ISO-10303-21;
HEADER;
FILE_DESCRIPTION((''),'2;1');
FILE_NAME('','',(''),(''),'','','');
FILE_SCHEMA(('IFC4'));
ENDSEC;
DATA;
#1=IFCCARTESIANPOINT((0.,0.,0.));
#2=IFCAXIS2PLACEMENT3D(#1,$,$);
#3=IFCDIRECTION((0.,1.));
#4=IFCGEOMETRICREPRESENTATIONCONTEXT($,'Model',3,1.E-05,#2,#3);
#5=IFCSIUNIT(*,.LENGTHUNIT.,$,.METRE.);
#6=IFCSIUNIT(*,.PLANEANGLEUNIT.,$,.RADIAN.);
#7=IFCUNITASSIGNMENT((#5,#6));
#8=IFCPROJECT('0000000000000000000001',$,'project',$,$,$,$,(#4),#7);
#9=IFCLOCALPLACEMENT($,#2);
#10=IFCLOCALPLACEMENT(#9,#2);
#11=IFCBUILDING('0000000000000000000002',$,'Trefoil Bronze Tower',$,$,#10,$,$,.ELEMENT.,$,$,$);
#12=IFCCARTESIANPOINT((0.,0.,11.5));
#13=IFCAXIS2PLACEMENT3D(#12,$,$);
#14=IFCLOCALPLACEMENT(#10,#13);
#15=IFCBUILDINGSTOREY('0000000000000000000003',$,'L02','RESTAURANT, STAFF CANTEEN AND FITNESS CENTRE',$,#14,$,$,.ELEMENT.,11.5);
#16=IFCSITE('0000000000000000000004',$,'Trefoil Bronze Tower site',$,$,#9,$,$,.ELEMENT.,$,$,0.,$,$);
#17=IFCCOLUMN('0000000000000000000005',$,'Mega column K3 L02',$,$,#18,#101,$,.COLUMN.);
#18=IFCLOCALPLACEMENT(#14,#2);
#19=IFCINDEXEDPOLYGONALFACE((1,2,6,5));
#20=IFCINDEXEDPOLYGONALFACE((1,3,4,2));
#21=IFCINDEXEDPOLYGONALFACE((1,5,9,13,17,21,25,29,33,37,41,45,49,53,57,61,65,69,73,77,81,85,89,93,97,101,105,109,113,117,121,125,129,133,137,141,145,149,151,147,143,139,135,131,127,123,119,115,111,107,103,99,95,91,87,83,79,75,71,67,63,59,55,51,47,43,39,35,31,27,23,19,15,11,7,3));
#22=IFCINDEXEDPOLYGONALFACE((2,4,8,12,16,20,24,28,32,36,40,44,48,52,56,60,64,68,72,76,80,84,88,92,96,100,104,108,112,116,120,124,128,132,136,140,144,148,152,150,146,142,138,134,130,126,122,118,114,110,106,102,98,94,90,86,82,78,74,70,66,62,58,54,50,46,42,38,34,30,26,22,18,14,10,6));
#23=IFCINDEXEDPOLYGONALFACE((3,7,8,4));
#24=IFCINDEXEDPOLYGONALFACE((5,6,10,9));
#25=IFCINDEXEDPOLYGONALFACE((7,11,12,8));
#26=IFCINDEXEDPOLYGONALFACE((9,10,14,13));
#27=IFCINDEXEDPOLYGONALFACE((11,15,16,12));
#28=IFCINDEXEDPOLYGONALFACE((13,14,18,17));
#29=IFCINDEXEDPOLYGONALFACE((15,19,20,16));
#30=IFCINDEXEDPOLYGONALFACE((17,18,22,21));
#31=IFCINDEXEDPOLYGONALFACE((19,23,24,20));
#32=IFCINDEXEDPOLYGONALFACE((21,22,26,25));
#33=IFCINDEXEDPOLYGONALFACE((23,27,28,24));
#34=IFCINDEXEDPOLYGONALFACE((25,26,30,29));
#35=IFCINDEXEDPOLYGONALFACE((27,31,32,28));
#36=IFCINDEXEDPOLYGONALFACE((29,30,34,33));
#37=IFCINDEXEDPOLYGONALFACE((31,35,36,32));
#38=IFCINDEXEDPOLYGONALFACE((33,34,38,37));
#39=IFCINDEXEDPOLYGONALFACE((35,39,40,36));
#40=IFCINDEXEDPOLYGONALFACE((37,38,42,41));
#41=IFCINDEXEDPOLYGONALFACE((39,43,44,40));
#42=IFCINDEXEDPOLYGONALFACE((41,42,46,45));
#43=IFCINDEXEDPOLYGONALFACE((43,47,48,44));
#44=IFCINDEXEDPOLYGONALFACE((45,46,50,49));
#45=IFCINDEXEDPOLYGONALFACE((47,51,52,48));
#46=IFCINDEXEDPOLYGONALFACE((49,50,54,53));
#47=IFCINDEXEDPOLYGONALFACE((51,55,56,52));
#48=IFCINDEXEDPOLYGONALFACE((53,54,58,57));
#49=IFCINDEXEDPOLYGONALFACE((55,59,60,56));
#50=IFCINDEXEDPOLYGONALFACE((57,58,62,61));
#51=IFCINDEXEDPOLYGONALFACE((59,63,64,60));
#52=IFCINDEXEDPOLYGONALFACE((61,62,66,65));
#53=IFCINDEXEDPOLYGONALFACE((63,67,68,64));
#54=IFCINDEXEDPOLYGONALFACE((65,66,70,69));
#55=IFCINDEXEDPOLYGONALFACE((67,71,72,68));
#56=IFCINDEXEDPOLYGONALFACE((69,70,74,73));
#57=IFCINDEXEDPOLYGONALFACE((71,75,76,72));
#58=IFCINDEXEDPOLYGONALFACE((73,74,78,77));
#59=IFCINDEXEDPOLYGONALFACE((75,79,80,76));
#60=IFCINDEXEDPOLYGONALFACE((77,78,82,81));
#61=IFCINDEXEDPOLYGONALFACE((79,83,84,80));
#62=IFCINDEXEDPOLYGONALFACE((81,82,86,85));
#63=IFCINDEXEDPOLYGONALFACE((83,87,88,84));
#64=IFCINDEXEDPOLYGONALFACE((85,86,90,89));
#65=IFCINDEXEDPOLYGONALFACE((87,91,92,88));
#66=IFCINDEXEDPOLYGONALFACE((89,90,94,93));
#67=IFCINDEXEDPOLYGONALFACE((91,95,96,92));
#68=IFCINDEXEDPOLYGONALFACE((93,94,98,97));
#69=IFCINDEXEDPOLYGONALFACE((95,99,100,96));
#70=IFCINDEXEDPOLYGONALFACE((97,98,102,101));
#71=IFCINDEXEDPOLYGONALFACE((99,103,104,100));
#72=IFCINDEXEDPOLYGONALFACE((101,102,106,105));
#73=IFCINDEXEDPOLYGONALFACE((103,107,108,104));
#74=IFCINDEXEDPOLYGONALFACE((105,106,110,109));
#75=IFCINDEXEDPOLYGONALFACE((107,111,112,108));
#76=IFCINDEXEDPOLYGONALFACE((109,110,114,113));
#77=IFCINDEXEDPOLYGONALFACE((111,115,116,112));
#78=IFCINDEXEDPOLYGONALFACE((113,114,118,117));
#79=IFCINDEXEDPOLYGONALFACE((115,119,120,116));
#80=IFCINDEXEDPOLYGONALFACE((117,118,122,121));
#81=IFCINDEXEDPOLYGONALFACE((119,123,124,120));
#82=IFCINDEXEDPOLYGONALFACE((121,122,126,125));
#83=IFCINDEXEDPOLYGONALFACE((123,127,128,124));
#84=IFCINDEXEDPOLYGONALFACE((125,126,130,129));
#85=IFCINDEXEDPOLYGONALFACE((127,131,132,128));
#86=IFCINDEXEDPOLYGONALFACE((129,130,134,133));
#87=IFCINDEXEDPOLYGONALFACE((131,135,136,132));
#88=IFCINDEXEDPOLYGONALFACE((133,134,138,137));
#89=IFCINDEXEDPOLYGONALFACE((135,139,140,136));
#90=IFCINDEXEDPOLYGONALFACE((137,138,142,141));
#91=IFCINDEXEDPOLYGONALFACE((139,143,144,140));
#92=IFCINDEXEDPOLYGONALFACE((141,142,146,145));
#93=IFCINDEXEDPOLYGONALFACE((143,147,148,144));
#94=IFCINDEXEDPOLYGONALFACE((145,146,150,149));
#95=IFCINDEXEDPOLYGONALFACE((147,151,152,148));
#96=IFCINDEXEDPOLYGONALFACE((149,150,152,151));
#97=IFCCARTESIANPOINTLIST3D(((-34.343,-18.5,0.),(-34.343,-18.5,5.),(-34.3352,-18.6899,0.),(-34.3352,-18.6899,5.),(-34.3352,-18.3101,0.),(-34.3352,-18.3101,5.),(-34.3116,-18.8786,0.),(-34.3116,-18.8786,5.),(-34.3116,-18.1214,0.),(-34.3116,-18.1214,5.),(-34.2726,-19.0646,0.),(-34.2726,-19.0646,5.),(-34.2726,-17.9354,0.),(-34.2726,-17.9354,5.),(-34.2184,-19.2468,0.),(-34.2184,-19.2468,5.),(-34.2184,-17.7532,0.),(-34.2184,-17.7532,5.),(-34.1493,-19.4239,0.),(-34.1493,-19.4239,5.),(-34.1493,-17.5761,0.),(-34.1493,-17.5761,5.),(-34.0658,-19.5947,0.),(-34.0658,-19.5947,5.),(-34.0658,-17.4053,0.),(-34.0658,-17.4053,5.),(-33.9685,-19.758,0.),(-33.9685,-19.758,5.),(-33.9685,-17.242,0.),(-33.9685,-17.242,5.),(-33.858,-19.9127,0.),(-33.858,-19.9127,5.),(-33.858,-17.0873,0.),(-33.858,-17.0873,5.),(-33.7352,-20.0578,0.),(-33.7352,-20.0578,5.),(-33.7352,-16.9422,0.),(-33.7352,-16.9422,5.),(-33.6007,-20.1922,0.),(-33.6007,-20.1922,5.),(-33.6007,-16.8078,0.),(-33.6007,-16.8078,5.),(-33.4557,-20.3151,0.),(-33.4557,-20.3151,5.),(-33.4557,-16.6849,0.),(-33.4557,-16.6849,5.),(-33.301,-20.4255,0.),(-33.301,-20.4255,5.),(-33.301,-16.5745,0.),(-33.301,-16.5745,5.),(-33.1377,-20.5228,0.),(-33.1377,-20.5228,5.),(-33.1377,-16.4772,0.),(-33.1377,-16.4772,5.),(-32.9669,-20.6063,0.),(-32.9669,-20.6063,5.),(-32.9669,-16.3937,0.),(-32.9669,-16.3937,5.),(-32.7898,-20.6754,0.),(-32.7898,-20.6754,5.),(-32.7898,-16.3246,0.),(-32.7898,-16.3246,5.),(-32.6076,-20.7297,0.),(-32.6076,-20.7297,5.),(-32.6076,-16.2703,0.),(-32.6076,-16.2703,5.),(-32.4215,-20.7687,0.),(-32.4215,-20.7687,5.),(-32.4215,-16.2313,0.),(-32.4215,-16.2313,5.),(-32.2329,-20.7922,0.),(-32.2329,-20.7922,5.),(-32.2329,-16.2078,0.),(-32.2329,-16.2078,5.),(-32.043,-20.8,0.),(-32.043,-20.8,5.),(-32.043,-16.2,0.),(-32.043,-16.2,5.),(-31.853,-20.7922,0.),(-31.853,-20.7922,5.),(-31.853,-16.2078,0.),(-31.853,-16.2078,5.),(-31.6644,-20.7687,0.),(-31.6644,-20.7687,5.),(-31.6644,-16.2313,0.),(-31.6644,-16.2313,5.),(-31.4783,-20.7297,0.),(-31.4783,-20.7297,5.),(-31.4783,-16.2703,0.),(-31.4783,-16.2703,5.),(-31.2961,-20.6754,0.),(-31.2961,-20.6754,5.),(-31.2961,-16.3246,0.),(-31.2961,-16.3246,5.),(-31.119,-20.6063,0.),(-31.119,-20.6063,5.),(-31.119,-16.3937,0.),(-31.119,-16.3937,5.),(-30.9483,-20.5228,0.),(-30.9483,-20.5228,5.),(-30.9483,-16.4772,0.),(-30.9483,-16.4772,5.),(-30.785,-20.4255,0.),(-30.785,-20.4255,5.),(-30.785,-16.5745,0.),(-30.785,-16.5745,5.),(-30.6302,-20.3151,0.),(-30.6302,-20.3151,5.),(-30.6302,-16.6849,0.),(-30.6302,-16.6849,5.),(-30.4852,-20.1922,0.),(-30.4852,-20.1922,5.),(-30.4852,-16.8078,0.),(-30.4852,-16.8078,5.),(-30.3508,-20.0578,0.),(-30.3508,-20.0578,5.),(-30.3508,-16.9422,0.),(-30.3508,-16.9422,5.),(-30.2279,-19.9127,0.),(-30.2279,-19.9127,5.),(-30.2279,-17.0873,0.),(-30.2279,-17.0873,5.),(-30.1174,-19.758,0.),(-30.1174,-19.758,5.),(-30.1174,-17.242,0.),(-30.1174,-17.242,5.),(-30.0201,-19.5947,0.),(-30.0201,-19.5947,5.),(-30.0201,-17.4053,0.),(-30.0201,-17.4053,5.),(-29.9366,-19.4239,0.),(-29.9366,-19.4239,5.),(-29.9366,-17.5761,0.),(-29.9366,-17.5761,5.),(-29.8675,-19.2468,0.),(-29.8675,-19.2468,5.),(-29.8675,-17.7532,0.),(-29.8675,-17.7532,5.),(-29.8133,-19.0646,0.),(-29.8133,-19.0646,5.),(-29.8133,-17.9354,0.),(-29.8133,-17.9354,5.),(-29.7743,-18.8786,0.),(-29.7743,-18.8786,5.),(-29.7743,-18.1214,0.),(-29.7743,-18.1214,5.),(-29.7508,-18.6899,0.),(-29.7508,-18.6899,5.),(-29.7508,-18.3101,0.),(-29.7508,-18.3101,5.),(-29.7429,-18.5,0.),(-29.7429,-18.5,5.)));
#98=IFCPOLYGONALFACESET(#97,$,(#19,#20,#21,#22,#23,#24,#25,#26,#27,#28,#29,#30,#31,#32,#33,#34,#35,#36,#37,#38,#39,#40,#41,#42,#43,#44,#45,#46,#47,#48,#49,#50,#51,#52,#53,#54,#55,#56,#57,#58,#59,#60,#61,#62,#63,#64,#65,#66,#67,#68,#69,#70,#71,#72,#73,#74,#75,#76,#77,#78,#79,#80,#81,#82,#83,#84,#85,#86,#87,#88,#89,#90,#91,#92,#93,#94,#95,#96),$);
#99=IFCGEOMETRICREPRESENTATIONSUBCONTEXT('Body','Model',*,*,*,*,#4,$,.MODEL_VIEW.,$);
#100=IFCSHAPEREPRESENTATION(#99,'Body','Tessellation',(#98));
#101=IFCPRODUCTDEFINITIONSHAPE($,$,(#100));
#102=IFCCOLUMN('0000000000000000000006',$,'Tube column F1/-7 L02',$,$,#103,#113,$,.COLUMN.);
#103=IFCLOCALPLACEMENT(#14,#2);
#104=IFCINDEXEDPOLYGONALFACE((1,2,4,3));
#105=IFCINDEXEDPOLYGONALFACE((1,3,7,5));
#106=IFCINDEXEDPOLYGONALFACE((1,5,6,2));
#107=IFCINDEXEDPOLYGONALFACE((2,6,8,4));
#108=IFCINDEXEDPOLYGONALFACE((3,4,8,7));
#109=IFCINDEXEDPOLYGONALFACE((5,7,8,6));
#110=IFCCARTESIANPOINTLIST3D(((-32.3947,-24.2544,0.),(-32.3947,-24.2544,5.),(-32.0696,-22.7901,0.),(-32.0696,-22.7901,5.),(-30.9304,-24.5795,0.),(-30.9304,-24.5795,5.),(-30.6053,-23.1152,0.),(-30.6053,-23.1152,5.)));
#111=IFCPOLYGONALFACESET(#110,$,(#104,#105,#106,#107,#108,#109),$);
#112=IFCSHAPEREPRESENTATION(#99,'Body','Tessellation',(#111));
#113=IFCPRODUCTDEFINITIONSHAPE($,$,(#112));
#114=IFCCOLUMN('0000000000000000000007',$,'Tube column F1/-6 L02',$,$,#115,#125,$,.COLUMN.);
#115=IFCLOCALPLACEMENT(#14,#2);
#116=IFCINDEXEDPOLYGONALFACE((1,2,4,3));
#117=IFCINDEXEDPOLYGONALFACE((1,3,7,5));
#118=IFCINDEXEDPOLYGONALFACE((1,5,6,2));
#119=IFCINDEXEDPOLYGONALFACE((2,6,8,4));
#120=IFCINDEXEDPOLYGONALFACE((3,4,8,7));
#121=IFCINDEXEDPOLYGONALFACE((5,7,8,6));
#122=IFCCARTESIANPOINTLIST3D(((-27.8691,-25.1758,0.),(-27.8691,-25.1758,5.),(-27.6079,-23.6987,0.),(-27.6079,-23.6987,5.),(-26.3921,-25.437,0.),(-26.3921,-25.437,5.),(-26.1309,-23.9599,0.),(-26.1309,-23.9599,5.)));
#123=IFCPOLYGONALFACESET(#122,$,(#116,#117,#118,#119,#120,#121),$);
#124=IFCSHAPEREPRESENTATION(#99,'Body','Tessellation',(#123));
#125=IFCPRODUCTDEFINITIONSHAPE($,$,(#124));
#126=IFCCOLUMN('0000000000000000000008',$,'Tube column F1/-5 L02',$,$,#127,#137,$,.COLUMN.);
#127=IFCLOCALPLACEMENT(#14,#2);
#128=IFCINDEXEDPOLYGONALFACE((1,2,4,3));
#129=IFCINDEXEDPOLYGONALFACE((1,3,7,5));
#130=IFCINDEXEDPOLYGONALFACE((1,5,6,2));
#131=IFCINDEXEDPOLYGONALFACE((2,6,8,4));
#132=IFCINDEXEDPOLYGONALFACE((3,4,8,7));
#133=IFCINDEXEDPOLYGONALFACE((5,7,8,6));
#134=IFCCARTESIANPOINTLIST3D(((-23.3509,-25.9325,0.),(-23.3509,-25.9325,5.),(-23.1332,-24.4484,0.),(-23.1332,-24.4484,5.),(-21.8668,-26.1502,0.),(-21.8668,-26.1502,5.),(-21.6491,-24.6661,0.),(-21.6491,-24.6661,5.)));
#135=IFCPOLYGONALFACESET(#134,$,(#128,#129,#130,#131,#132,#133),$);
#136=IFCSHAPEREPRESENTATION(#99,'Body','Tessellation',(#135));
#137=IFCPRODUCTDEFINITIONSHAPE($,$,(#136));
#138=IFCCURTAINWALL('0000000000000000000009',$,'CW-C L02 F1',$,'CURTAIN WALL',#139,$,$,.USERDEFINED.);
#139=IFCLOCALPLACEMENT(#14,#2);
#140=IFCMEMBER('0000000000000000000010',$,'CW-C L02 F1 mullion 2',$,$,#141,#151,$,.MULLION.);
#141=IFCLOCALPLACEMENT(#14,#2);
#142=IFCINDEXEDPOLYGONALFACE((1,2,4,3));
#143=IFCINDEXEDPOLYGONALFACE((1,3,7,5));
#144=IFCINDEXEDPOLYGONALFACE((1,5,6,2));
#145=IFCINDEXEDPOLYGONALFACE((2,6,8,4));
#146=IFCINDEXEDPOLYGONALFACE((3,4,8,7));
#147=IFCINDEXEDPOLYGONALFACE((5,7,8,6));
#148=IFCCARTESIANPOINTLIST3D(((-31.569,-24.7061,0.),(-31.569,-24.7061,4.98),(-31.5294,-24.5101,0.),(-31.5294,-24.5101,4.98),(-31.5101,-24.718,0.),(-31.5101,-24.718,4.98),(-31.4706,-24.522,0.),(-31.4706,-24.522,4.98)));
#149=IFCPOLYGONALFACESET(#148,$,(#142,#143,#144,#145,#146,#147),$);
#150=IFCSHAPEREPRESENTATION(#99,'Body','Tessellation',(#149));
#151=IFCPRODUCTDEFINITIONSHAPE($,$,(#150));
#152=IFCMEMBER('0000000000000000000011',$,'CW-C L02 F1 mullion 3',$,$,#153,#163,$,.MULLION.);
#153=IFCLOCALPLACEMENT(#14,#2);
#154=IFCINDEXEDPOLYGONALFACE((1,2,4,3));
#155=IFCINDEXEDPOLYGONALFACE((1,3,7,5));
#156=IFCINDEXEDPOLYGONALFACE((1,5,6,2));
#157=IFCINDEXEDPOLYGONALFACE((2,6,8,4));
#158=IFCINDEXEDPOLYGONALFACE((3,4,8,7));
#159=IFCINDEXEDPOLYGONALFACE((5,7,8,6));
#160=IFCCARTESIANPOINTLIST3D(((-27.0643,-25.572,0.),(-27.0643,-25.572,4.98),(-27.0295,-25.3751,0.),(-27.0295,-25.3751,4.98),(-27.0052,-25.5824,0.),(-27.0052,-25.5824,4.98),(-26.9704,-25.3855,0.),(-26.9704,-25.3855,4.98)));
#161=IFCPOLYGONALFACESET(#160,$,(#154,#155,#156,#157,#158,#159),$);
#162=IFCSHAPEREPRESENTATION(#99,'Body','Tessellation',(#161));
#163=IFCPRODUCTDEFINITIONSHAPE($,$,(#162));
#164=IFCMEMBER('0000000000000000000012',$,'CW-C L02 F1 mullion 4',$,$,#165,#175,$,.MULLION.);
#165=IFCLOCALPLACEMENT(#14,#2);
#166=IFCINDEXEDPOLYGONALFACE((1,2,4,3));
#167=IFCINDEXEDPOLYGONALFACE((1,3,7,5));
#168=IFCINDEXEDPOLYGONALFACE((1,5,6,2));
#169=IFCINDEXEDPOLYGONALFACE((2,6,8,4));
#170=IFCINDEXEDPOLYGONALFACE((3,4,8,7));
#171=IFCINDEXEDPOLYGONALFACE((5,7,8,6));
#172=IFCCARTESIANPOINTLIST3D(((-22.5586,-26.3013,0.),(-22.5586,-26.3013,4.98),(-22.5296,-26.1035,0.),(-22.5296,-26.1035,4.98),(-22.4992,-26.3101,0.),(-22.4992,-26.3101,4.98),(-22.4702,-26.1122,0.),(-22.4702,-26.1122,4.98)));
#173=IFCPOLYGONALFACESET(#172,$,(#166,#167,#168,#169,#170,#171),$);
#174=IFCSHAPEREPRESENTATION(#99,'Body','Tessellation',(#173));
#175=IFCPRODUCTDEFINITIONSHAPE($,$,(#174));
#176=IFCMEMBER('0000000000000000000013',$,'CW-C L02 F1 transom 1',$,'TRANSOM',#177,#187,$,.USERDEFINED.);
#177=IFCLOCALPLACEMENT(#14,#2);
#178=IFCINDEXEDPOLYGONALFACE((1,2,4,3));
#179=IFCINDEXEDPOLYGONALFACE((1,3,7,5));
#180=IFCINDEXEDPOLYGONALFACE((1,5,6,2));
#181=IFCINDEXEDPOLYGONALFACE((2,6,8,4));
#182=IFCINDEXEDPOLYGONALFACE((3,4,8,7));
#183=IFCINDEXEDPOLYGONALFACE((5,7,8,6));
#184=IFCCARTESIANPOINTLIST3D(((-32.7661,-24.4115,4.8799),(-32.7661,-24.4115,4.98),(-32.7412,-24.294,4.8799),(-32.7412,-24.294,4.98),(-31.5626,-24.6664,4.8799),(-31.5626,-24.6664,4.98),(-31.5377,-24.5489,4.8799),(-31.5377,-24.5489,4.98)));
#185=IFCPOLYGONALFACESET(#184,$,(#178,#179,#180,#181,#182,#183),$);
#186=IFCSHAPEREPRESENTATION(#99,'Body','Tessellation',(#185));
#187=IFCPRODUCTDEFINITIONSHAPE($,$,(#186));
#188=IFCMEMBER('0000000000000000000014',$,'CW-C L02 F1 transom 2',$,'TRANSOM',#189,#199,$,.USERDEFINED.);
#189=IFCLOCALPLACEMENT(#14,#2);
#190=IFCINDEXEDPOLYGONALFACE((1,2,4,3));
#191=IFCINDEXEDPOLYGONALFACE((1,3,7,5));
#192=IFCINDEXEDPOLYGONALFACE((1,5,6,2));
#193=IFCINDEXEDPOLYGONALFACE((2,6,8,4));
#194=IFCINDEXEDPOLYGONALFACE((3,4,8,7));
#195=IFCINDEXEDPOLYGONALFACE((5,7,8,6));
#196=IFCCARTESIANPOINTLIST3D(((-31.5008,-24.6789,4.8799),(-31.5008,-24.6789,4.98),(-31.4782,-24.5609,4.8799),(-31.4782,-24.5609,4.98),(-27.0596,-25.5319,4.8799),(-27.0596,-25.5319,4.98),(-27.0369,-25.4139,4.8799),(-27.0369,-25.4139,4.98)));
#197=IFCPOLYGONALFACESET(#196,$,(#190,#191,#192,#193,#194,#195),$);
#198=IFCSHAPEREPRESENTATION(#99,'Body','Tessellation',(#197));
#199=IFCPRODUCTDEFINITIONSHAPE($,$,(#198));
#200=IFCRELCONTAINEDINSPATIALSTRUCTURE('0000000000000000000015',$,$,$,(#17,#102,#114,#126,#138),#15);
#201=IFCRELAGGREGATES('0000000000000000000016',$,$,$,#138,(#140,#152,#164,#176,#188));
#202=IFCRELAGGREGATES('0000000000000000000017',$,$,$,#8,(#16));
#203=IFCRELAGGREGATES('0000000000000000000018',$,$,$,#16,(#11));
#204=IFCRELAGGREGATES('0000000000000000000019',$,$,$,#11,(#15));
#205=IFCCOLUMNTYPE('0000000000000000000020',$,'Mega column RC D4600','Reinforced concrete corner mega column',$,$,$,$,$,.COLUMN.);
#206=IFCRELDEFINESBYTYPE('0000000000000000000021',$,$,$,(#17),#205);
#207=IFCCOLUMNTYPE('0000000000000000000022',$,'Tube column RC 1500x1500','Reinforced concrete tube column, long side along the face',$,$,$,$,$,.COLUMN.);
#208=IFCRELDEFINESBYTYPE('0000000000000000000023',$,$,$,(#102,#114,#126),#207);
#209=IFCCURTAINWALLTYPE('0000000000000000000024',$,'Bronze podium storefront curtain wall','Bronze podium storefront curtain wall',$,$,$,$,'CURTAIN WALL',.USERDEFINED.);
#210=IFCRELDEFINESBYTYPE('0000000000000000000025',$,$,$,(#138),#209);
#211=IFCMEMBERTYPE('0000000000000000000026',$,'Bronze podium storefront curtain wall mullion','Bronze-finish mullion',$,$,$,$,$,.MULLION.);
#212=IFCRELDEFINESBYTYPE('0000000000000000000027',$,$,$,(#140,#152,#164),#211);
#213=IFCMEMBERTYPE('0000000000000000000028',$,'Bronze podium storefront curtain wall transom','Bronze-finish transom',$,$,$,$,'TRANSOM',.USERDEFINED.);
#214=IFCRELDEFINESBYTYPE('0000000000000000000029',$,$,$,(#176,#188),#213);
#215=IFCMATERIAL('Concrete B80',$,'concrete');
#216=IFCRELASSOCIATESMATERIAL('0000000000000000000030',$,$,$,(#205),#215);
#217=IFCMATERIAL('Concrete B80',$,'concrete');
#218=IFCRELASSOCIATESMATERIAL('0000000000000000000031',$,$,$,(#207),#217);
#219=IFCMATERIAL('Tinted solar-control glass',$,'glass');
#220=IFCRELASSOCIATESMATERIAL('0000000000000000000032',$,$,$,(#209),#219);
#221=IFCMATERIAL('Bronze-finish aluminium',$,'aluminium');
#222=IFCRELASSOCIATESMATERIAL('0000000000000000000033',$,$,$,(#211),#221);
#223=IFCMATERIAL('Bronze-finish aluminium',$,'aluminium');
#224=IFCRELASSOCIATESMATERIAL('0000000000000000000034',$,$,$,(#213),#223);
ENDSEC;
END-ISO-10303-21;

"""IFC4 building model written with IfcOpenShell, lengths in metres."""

from ifc_helpers import new_model, si_unit, direction, frame, origin, origin_2d, place, context, subcontext, project, spatial, rectangle, circle, extrude, material, material_profile, profile_set, type_object, element, aggregate, save


model = new_model("IFC4")

# Units and contexts
model_context = context("Model", 3, precision=1e-05, world=origin(), true_north=direction((0.0, 1.0)))
body_context = subcontext(model_context, "Body", "Model", "MODEL_VIEW")
ifc_project = project(units=[si_unit("LENGTHUNIT", "METRE"), si_unit("PLANEANGLEUNIT", "RADIAN")], contexts=[model_context])

# Site, building, storey
site_placement = place(None, origin())
site = spatial("IfcSite", under=ifc_project, at=site_placement, Name="Trefoil Bronze Tower site", CompositionType="ELEMENT", RefElevation=0.0)
building_placement = place(site_placement, origin())
building = spatial("IfcBuilding", under=site, at=building_placement, Name="Trefoil Bronze Tower", CompositionType="ELEMENT")
storey_placement = place(building_placement, frame((0.0, 0.0, 11.5)))
storey = spatial("IfcBuildingStorey", under=building, at=storey_placement, Name="L02", Description="RESTAURANT, STAFF CANTEEN AND FITNESS CENTRE", CompositionType="ELEMENT", Elevation=11.5)

# Columns
ifc_material_1 = material(Name="Concrete B80", Category="concrete")
ifc_material_profile_1 = material_profile(ifc_material_1, circle(Radius=2.3, at=origin_2d()), Name="RC D4600")
ifc_profile_set_1 = profile_set([ifc_material_profile_1], Name="Concrete B80")
column_type_1 = type_object("IfcColumnType", Name="Mega column RC D4600", Description="Reinforced concrete corner mega column", PredefinedType="COLUMN", material=ifc_profile_set_1)
column_placement = place(storey_placement, frame((-32.043, -18.5, 0.0), z_axis=(0.0, 0.0, 1.0), x_axis=(1.0, 0.0, 0.0)))
element("IfcColumn", 1, at=column_placement, inside=storey, type_object=column_type_1, Name="Mega column K3 L02", PredefinedType="COLUMN", context=body_context, shape_type="SweptSolid", body=[
    extrude(circle(Radius=2.3, at=origin_2d()), origin(), (0.0, 0.0, 1.0), 5.0),
])
ifc_material_2 = material(Name="Concrete B80", Category="concrete")
ifc_material_profile_2 = material_profile(ifc_material_2, rectangle(XDim=1.5, YDim=1.5, at=origin_2d()), Name="RC 1500x1500")
ifc_profile_set_2 = profile_set([ifc_material_profile_2], Name="Concrete B80")
column_type_2 = type_object("IfcColumnType", Name="Tube column RC 1500x1500", Description="Reinforced concrete tube column, long side along the face", PredefinedType="COLUMN", material=ifc_profile_set_2)
for number, where, z_axis, x_axis, name in (
    (2, (-31.5, -23.6848, 0.0), (0.0, 0.0, 1.0), (0.97623, -0.216739, 0.0), "Tube column F1/-7 L02"),
    (3, (-27.0, -24.5679, 0.0), (0.0, 0.0, 1.0), (0.984722, -0.174131, 0.0), "Tube column F1/-6 L02"),
    (4, (-22.5, -25.2993, 0.0), (0.0, 0.0, 1.0), (0.989416, -0.145109, 0.0), "Tube column F1/-5 L02"),
):
    element("IfcColumn", number, at=place(storey_placement, frame(where, z_axis=z_axis, x_axis=x_axis)), inside=storey, type_object=column_type_2, Name=name, PredefinedType="COLUMN", context=body_context, shape_type="SweptSolid", body=[
        extrude(rectangle(XDim=1.5, YDim=1.5, at=origin_2d()), origin(), (0.0, 0.0, 1.0), 5.0),
    ])

# Curtain wall, members
ifc_material_3 = material(Name="Tinted solar-control glass", Category="glass")
curtain_wall_type_1 = type_object("IfcCurtainWallType", Name="Bronze podium storefront curtain wall", Description="Bronze podium storefront curtain wall", ElementType="CURTAIN WALL", PredefinedType="USERDEFINED", material=ifc_material_3)
curtain_wall_1_placement = place(storey_placement, origin())
curtain_wall_1 = element("IfcCurtainWall", 5, at=curtain_wall_1_placement, inside=storey, type_object=curtain_wall_type_1, Name="CW-C L02 F1", ObjectType="CURTAIN WALL", PredefinedType="USERDEFINED")
ifc_material_4 = material(Name="Bronze-finish aluminium", Category="aluminium")
ifc_material_profile_3 = material_profile(ifc_material_4, rectangle(XDim=0.2, YDim=0.0601, at=origin_2d()), Name="CW-C mullion")
ifc_profile_set_3 = profile_set([ifc_material_profile_3], Name="Bronze-finish aluminium")
member_type_1 = type_object("IfcMemberType", Name="Bronze podium storefront curtain wall mullion", Description="Bronze-finish mullion", PredefinedType="MULLION", material=ifc_profile_set_3)
member_1_placement = place(storey_placement, frame((-31.5198, -24.614, 0.0), z_axis=(0.0, 0.0, 1.0), x_axis=(0.19791, 0.98022, 0.0)))
member_1 = element("IfcMember", 6, at=member_1_placement, type_object=member_type_1, Name="CW-C L02 F1 mullion 2", PredefinedType="MULLION", context=body_context, shape_type="SweptSolid", body=[
    extrude(rectangle(XDim=0.2, YDim=0.0601, at=origin_2d()), origin(), (0.0, 0.0, 1.0), 4.98),
])
member_2_placement = place(storey_placement, frame((-27.0173, -25.4788, 0.0), z_axis=(0.0, 0.0, 1.0), x_axis=(0.174131, 0.984722, 0.0)))
member_2 = element("IfcMember", 7, at=member_2_placement, type_object=member_type_1, Name="CW-C L02 F1 mullion 3", PredefinedType="MULLION", context=body_context, shape_type="SweptSolid", body=[
    extrude(rectangle(XDim=0.2, YDim=0.0601, at=origin_2d()), origin(), (0.0, 0.0, 1.0), 4.98),
])
member_3_placement = place(storey_placement, frame((-22.5144, -26.2068, 0.0), z_axis=(0.0, 0.0, 1.0), x_axis=(0.145109, 0.989416, 0.0)))
member_3 = element("IfcMember", 8, at=member_3_placement, type_object=member_type_1, Name="CW-C L02 F1 mullion 4", PredefinedType="MULLION", context=body_context, shape_type="SweptSolid", body=[
    extrude(rectangle(XDim=0.2, YDim=0.0601, at=origin_2d()), origin(), (0.0, 0.0, 1.0), 4.98),
])
ifc_material_5 = material(Name="Bronze-finish aluminium", Category="aluminium")
ifc_material_profile_4 = material_profile(ifc_material_5, rectangle(XDim=0.1201, YDim=0.1001, at=origin_2d()), Name="CW-C transom")
ifc_profile_set_4 = profile_set([ifc_material_profile_4], Name="Bronze-finish aluminium")
member_type_2 = type_object("IfcMemberType", Name="Bronze podium storefront curtain wall transom", Description="Bronze-finish transom", ElementType="TRANSOM", PredefinedType="USERDEFINED", material=ifc_profile_set_4)
member_4_placement = place(storey_placement, frame((-32.7537, -24.3528, 4.9299), z_axis=(0.978305, -0.20717, 0.0), x_axis=(0.20717, 0.978305, 0.0)))
member_4 = element("IfcMember", 9, at=member_4_placement, type_object=member_type_2, Name="CW-C L02 F1 transom 1", ObjectType="TRANSOM", PredefinedType="USERDEFINED", context=body_context, shape_type="SweptSolid", body=[
    extrude(rectangle(XDim=0.1201, YDim=0.1001, at=origin_2d()), origin(), (0.0, 0.0, 1.0), 1.2302),
])
member_5_placement = place(storey_placement, frame((-31.4895, -24.6199, 4.9299), z_axis=(0.982049, -0.188625, 0.0), x_axis=(0.188625, 0.982049, 0.0)))
member_5 = element("IfcMember", 10, at=member_5_placement, type_object=member_type_2, Name="CW-C L02 F1 transom 2", ObjectType="TRANSOM", PredefinedType="USERDEFINED", context=body_context, shape_type="SweptSolid", body=[
    extrude(rectangle(XDim=0.1201, YDim=0.1001, at=origin_2d()), origin(), (0.0, 0.0, 1.0), 4.5225),
])

aggregate(curtain_wall_1, [member_1, member_2, member_3, member_4, member_5])

save(model, "model.ifc")
